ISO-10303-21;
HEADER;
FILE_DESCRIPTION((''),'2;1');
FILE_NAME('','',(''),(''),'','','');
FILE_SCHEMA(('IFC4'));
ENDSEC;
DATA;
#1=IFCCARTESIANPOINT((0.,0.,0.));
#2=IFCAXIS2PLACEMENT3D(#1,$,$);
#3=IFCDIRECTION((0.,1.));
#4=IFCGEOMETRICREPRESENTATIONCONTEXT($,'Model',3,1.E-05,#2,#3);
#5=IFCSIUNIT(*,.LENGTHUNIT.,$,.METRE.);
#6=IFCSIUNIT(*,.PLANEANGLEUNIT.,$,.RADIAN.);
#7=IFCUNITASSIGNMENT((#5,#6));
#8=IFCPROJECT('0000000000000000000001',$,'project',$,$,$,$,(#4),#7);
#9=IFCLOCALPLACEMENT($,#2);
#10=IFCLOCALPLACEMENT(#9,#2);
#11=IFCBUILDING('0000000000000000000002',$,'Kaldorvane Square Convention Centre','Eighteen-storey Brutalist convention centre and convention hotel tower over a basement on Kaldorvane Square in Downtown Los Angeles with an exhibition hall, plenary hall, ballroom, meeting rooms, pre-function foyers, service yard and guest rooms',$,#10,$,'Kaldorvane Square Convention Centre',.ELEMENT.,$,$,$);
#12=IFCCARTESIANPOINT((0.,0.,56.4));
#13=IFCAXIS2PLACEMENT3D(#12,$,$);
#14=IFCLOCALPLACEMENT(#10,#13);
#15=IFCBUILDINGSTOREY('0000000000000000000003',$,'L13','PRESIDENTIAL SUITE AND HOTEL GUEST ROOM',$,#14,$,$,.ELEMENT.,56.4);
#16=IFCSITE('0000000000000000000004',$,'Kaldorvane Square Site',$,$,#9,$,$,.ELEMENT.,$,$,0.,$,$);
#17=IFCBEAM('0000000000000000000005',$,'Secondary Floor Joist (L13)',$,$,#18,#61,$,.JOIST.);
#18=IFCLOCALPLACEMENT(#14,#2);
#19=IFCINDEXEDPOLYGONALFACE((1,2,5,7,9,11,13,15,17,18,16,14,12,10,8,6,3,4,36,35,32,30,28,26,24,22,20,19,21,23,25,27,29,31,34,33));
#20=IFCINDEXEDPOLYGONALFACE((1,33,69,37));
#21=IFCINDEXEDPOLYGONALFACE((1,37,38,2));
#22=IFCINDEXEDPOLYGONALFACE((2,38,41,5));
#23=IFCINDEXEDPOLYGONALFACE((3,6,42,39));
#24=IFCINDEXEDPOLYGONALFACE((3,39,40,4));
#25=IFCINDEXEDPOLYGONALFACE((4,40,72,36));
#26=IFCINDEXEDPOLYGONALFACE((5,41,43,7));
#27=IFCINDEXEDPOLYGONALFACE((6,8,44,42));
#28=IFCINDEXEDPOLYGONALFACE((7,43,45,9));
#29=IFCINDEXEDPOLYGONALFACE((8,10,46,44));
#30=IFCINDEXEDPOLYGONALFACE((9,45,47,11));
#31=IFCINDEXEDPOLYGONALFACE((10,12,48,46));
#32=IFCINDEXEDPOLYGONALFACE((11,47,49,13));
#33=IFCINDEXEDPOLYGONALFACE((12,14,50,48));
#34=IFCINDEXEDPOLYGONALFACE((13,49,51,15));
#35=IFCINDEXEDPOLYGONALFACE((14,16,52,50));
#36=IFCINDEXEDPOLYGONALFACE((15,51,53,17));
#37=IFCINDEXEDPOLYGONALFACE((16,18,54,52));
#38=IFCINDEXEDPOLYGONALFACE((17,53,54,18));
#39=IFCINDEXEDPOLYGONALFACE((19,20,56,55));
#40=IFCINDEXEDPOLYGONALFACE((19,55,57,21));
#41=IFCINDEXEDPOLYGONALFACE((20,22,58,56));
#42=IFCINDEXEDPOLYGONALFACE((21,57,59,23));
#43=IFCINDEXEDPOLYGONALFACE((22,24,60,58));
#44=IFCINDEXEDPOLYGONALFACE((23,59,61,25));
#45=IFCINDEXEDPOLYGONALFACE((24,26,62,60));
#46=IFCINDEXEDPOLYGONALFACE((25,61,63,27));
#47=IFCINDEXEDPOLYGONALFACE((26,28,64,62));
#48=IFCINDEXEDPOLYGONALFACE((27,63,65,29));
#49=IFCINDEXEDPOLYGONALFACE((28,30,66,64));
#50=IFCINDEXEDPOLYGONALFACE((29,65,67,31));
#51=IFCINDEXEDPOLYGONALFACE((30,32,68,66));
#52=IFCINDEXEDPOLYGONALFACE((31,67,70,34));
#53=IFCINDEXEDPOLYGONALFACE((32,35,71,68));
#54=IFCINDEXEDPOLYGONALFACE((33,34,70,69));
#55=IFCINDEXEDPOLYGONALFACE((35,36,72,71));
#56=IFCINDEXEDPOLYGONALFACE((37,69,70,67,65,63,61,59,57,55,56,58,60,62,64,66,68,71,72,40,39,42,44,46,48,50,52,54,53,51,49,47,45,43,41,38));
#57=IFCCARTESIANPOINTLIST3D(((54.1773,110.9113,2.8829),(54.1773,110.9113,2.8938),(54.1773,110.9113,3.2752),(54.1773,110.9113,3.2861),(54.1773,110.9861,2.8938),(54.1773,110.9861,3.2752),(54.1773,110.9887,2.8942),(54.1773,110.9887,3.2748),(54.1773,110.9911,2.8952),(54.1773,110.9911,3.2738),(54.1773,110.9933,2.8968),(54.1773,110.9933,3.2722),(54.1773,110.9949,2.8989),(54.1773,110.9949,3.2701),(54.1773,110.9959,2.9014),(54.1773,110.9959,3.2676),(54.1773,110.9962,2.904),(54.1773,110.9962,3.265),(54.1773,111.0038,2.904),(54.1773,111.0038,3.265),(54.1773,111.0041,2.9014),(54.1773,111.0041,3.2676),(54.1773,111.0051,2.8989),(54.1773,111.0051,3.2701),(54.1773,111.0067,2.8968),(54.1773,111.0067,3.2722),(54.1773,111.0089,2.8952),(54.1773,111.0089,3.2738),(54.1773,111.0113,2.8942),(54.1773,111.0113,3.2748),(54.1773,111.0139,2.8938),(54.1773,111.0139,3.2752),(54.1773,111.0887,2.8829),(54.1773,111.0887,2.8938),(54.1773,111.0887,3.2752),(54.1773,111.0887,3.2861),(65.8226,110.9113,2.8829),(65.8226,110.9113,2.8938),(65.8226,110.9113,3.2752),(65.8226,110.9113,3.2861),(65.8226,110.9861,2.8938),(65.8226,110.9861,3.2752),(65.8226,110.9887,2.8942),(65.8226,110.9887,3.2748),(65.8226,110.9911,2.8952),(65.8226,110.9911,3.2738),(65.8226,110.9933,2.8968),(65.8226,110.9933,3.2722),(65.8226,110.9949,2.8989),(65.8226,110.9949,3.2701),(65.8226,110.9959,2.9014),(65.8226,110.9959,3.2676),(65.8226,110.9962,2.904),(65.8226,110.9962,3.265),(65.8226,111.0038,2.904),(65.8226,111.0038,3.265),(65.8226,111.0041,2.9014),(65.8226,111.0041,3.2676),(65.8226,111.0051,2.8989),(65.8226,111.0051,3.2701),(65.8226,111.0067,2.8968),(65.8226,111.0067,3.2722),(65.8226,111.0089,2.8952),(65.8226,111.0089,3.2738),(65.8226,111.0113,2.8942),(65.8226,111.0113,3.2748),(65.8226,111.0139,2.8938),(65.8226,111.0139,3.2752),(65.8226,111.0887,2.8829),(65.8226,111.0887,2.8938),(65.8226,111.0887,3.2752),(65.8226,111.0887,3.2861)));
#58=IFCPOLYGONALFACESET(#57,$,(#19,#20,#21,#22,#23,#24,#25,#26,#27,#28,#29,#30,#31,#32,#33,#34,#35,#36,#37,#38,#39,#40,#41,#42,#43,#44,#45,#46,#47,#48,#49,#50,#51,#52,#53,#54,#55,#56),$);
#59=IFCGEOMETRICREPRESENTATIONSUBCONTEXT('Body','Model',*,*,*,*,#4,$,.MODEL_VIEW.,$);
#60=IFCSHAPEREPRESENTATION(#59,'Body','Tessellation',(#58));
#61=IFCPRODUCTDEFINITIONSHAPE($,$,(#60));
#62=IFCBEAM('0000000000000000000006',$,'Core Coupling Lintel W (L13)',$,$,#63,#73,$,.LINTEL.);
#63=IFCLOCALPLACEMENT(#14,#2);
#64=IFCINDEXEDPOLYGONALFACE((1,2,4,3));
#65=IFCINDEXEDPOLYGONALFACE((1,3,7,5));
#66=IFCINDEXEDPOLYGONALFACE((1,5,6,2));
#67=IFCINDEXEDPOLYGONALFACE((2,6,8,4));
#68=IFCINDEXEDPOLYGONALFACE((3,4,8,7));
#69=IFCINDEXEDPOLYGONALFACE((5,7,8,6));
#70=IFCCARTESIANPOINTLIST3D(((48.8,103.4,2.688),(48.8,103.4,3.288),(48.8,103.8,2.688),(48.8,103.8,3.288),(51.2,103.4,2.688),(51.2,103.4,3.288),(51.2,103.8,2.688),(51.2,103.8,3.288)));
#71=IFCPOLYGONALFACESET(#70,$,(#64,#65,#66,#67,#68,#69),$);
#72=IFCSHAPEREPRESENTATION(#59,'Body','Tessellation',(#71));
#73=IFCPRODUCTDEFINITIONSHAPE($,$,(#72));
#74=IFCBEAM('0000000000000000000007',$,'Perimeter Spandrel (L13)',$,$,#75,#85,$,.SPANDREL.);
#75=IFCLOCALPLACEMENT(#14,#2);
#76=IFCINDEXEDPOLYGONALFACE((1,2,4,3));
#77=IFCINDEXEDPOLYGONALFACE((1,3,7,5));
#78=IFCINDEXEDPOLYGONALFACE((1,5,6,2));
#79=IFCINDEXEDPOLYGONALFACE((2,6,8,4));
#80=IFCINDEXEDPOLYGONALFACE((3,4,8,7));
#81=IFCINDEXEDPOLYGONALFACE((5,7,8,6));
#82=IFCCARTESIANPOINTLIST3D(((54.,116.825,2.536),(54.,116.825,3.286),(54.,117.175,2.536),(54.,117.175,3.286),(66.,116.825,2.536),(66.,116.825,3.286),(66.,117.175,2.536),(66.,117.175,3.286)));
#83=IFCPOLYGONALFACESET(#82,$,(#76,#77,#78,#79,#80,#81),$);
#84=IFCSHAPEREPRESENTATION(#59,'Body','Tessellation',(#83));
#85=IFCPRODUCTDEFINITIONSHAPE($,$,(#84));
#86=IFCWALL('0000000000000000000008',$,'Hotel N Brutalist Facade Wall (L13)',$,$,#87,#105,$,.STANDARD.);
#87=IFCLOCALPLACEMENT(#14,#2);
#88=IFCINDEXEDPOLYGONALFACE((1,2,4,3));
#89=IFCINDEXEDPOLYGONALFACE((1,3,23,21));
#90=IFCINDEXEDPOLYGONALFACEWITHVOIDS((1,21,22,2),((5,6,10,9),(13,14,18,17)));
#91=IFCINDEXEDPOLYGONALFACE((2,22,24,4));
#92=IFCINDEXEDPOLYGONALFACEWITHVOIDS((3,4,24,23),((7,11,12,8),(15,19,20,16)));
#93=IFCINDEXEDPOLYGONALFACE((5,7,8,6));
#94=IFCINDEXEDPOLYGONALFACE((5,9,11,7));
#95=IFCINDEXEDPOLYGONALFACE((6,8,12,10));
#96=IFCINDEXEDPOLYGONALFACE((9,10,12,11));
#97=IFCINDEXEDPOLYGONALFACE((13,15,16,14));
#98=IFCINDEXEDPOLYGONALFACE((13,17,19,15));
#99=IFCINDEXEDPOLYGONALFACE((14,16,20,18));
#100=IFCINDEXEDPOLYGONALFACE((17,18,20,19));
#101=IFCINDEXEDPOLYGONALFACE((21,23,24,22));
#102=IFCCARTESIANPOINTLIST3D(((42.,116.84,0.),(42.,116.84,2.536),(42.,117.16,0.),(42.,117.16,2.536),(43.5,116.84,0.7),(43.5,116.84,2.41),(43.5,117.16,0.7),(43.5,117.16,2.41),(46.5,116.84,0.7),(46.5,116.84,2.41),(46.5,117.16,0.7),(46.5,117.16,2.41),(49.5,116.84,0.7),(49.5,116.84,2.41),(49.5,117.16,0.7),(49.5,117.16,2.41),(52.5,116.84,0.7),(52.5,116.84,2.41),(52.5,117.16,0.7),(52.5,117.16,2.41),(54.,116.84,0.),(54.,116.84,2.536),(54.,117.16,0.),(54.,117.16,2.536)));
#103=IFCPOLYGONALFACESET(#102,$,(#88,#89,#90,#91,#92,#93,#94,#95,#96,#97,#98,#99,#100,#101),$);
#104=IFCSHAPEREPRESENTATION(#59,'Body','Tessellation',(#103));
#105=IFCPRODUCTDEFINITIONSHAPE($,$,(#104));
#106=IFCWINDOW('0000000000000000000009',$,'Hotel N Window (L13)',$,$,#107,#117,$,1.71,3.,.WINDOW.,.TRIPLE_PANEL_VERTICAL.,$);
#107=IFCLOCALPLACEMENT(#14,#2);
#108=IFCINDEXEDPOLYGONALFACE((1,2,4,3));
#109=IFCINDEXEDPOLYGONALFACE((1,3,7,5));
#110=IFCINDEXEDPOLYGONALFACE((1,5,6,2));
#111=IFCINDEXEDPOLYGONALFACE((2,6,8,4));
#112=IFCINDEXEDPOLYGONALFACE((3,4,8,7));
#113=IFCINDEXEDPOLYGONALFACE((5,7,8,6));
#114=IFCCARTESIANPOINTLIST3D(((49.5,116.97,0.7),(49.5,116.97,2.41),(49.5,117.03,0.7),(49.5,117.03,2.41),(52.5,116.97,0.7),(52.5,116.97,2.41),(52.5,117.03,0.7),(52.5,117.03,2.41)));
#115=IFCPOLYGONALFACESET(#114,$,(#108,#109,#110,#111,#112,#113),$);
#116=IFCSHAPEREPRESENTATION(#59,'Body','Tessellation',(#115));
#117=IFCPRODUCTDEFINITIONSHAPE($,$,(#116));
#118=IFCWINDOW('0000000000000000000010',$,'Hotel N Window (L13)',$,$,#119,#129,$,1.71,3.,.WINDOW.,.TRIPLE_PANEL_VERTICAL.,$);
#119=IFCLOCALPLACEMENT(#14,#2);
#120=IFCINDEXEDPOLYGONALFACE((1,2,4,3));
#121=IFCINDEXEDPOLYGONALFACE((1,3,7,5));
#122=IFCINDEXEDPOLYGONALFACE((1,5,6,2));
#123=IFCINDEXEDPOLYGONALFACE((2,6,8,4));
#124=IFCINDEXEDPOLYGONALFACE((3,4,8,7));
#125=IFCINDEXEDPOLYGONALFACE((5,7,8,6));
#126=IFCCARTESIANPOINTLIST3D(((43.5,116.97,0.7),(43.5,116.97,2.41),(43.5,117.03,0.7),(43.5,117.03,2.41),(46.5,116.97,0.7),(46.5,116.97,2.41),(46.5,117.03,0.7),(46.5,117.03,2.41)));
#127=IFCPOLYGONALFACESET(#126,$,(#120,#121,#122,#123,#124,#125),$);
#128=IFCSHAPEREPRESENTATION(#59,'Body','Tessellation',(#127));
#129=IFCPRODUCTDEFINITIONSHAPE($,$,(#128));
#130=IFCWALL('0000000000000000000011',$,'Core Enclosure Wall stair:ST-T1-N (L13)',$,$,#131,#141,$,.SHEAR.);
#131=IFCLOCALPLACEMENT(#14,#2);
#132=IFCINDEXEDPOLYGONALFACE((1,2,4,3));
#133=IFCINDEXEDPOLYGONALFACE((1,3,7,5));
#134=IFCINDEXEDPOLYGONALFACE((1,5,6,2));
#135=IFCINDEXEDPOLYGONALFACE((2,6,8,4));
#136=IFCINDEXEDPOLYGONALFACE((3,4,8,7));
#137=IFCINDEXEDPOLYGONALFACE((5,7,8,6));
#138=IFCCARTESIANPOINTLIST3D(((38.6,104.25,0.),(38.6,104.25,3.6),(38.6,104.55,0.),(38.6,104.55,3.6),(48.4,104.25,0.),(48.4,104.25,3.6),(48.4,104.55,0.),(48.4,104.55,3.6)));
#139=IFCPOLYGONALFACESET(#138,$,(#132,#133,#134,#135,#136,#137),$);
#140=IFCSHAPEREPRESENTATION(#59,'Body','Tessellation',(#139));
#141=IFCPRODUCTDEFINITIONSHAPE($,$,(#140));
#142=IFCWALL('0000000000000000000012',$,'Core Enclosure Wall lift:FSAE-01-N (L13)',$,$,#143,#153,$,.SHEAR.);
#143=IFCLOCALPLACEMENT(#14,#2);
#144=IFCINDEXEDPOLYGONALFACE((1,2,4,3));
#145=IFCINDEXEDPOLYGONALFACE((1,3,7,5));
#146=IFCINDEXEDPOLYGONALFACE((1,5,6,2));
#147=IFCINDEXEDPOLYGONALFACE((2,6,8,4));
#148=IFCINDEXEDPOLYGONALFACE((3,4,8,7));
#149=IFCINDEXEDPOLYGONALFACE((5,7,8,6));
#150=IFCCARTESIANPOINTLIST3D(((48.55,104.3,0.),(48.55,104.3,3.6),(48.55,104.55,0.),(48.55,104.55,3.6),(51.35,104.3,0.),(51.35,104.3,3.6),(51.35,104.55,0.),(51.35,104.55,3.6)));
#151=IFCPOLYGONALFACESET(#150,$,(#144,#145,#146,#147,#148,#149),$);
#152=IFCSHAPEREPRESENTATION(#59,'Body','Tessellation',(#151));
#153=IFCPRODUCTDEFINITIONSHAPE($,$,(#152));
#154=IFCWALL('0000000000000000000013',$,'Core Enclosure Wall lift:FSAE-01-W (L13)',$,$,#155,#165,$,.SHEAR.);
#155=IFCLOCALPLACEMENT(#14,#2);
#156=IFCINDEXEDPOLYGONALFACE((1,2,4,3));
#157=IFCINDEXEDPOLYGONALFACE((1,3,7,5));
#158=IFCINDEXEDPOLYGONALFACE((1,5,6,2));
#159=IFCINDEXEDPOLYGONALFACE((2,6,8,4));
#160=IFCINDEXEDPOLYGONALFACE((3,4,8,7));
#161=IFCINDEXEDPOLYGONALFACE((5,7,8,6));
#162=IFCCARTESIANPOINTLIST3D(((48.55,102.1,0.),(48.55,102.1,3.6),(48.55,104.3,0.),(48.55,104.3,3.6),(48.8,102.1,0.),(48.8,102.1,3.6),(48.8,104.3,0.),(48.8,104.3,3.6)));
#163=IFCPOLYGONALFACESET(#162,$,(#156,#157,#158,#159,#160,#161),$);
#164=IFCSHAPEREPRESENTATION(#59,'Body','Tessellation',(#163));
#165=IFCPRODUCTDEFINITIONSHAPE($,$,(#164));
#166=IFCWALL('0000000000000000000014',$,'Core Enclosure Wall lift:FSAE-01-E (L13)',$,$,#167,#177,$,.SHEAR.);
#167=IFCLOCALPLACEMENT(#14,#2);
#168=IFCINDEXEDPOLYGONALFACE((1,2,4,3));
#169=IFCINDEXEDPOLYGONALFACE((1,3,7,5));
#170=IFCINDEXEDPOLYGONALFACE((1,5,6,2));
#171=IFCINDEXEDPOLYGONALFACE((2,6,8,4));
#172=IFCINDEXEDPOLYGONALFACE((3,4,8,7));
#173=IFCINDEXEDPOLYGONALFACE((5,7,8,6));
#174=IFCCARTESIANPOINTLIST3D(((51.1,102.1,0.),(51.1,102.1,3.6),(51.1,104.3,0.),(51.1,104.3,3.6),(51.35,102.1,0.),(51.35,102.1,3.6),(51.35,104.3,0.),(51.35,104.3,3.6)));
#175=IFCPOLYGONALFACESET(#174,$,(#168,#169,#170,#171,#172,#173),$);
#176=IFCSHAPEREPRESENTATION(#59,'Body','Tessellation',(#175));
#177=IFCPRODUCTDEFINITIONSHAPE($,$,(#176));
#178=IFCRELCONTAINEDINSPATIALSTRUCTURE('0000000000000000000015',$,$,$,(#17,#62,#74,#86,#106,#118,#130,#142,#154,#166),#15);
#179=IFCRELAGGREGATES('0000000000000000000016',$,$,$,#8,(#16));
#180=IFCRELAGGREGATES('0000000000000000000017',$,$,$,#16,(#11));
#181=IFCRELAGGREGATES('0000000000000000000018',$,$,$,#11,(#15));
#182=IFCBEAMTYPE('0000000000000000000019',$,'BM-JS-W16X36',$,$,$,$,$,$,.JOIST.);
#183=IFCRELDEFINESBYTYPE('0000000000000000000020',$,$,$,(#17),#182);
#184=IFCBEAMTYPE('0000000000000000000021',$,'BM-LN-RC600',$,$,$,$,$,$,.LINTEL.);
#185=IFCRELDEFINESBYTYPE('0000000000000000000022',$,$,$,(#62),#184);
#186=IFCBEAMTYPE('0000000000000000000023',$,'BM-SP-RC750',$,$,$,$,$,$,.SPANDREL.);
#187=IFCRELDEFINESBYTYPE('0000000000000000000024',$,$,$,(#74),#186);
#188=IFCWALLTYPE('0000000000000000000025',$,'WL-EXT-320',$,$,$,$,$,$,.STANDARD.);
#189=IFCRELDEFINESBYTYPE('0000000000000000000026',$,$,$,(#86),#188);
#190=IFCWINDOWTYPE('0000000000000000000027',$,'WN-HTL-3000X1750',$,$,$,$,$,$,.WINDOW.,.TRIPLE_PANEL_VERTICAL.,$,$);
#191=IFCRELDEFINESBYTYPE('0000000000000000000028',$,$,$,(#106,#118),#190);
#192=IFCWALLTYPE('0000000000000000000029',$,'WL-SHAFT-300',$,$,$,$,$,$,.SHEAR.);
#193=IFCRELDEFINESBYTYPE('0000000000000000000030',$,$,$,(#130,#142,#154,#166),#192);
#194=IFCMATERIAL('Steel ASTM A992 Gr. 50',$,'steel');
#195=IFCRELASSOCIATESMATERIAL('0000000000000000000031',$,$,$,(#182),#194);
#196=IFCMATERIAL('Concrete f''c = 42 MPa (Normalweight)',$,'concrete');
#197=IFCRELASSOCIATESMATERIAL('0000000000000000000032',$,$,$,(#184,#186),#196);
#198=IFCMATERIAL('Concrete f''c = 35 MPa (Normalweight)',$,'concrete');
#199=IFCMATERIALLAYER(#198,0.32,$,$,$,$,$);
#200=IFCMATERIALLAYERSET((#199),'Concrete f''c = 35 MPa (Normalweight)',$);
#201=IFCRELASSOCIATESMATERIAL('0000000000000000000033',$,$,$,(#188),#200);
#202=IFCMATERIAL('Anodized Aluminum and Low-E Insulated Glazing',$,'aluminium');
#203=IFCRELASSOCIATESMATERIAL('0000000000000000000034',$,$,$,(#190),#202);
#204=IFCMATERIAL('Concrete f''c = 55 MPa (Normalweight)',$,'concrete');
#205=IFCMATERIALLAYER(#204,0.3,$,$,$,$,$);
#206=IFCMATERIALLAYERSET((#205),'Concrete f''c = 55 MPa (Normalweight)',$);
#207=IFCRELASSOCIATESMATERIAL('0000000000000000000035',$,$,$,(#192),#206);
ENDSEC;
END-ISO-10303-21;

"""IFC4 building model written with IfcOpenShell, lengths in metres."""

from ifc_helpers import new_model, si_unit, direction, frame, frame_2d, origin, origin_2d, place, context, subcontext, project, spatial, rectangle, i_section, extrude, material, layer, layer_set, material_profile, profile_set, type_object, element, fill, save


model = new_model("IFC4")

# Units and contexts
model_context = context("Model", 3, precision=1e-05, world=origin(), true_north=direction((0.0, 1.0)))
body_context = subcontext(model_context, "Body", "Model", "MODEL_VIEW")
ifc_project = project(units=[si_unit("LENGTHUNIT", "METRE"), si_unit("PLANEANGLEUNIT", "RADIAN")], contexts=[model_context])

# Site, building, storey
site_placement = place(None, origin())
site = spatial("IfcSite", under=ifc_project, at=site_placement, Name="Kaldorvane Square Site", CompositionType="ELEMENT", RefElevation=0.0)
building_placement = place(site_placement, origin())
building = spatial("IfcBuilding", under=site, at=building_placement, Name="Kaldorvane Square Convention Centre", Description="Eighteen-storey Brutalist convention centre and convention hotel tower over a basement on Kaldorvane Square in Downtown Los Angeles with an exhibition hall, plenary hall, ballroom, meeting rooms, pre-function foyers, service yard and guest rooms", LongName="Kaldorvane Square Convention Centre", CompositionType="ELEMENT")
storey_placement = place(building_placement, frame((0.0, 0.0, 56.4)))
storey = spatial("IfcBuildingStorey", under=building, at=storey_placement, Name="L13", Description="PRESIDENTIAL SUITE AND HOTEL GUEST ROOM", CompositionType="ELEMENT", Elevation=56.4)

# Shared definitions
ifc_material_1 = material(Name="Concrete f'c = 42 MPa (Normalweight)", Category="concrete")
ifc_material_2 = material(Name="Steel ASTM A992 Gr. 50", Category="steel")

# Beams
ifc_material_profile_1 = material_profile(ifc_material_2, i_section(OverallWidth=0.1774, OverallDepth=0.4031, WebThickness=0.0075, FlangeThickness=0.0109, FilletRadius=0.0102, at=origin_2d()), Name="W16X36")
ifc_profile_set_1 = profile_set([ifc_material_profile_1], Name="Steel ASTM A992 Gr. 50")
beam_type_1 = type_object("IfcBeamType", Name="BM-JS-W16X36", PredefinedType="JOIST", material=ifc_profile_set_1)
beam_1_placement = place(storey_placement, frame((54.1773, 111.0, 3.0845), z_axis=(1.0, 0.0, 0.0), x_axis=(0.0, 1.0, 0.0)))
element("IfcBeam", 1, at=beam_1_placement, inside=storey, type_object=beam_type_1, Name="Secondary Floor Joist (L13)", PredefinedType="JOIST", context=body_context, shape_type="SweptSolid", body=[
    extrude(i_section(OverallWidth=0.1774, OverallDepth=0.4031, WebThickness=0.0075, FlangeThickness=0.0109, FilletRadius=0.0102, at=origin_2d()), origin(), (0.0, 0.0, 1.0), 11.6453),
])
ifc_material_profile_2 = material_profile(ifc_material_1, rectangle(XDim=0.4, YDim=0.6, at=origin_2d()), Name="RCLN600X400")
ifc_profile_set_2 = profile_set([ifc_material_profile_2], Name="Concrete f'c = 42 MPa (Normalweight)")
beam_type_2 = type_object("IfcBeamType", Name="BM-LN-RC600", PredefinedType="LINTEL", material=ifc_profile_set_2)
beam_2_placement = place(storey_placement, frame((48.8, 103.6, 2.988), z_axis=(1.0, 0.0, 0.0), x_axis=(0.0, 1.0, 0.0)))
element("IfcBeam", 2, at=beam_2_placement, inside=storey, type_object=beam_type_2, Name="Core Coupling Lintel W (L13)", PredefinedType="LINTEL", context=body_context, shape_type="SweptSolid", body=[
    extrude(rectangle(XDim=0.4, YDim=0.6, at=origin_2d()), origin(), (0.0, 0.0, 1.0), 2.4),
])
ifc_material_profile_3 = material_profile(ifc_material_1, rectangle(XDim=0.35, YDim=0.75, at=origin_2d()), Name="RCSP750X350")
ifc_profile_set_3 = profile_set([ifc_material_profile_3], Name="Concrete f'c = 42 MPa (Normalweight)")
beam_type_3 = type_object("IfcBeamType", Name="BM-SP-RC750", PredefinedType="SPANDREL", material=ifc_profile_set_3)
beam_3_placement = place(storey_placement, frame((54.0, 117.0, 2.911), z_axis=(1.0, 0.0, 0.0), x_axis=(0.0, 1.0, 0.0)))
element("IfcBeam", 3, at=beam_3_placement, inside=storey, type_object=beam_type_3, Name="Perimeter Spandrel (L13)", PredefinedType="SPANDREL", context=body_context, shape_type="SweptSolid", body=[
    extrude(rectangle(XDim=0.35, YDim=0.75, at=origin_2d()), origin(), (0.0, 0.0, 1.0), 12.0),
])

# Wall, openings, windows
ifc_material_3 = material(Name="Concrete f'c = 35 MPa (Normalweight)", Category="concrete")
ifc_layer_1 = layer(ifc_material_3, 0.32)
ifc_layer_set_1 = layer_set([ifc_layer_1], Name="Concrete f'c = 35 MPa (Normalweight)")
wall_type_1 = type_object("IfcWallType", Name="WL-EXT-320", PredefinedType="STANDARD", material=ifc_layer_set_1)
wall_1_placement = place(storey_placement, frame((54.0, 117.0, 0.0), z_axis=(0.0, 0.0, 1.0), x_axis=(-1.0, 0.0, 0.0)))
wall_1 = element("IfcWall", 4, at=wall_1_placement, inside=storey, type_object=wall_type_1, Name="Hotel N Brutalist Facade Wall (L13)", PredefinedType="STANDARD", context=body_context, shape_type="SweptSolid", body=[
    extrude(rectangle(XDim=12.0, YDim=0.32, at=frame_2d((6.0, 0.0))), origin(), (0.0, 0.0, 1.0), 2.536),
])
opening_1_placement = place(wall_1_placement, frame((1.5, 0.0, 0.7)))
opening_1 = element("IfcOpeningElement", 5, at=opening_1_placement, cuts=wall_1, PredefinedType="OPENING", context=body_context, shape_type="SweptSolid", body=[
    extrude(rectangle(XDim=3.0, YDim=1.71, at=frame_2d((1.5, 0.855))), frame((0.0, 0.175, 0.0), z_axis=(0.0, -1.0, 0.0), x_axis=(1.0, 0.0, 0.0)), (0.0, 0.0, 1.0), 0.35),
])
opening_2_placement = place(wall_1_placement, frame((7.5, 0.0, 0.7)))
opening_2 = element("IfcOpeningElement", 6, at=opening_2_placement, cuts=wall_1, PredefinedType="OPENING", context=body_context, shape_type="SweptSolid", body=[
    extrude(rectangle(XDim=3.0, YDim=1.71, at=frame_2d((1.5, 0.855))), frame((0.0, 0.175, 0.0), z_axis=(0.0, -1.0, 0.0), x_axis=(1.0, 0.0, 0.0)), (0.0, 0.0, 1.0), 0.35),
])
ifc_material_4 = material(Name="Anodized Aluminum and Low-E Insulated Glazing", Category="aluminium")
window_type = type_object("IfcWindowType", Name="WN-HTL-3000X1750", PartitioningType="TRIPLE_PANEL_VERTICAL", PredefinedType="WINDOW", material=ifc_material_4)
window_1_placement = place(opening_1_placement, origin())
window_1 = element("IfcWindow", 7, at=window_1_placement, inside=storey, type_object=window_type, Name="Hotel N Window (L13)", OverallHeight=1.71, OverallWidth=3.0, PartitioningType="TRIPLE_PANEL_VERTICAL", PredefinedType="WINDOW", context=body_context, shape_type="SweptSolid", body=[
    extrude(rectangle(XDim=3.0, YDim=1.71, at=frame_2d((1.5, 0.855))), frame((0.0, 0.03, 0.0), z_axis=(0.0, -1.0, 0.0), x_axis=(1.0, 0.0, 0.0)), (0.0, 0.0, 1.0), 0.06),
])
fill(opening_1, window_1)
window_2_placement = place(opening_2_placement, origin())
window_2 = element("IfcWindow", 8, at=window_2_placement, inside=storey, type_object=window_type, Name="Hotel N Window (L13)", OverallHeight=1.71, OverallWidth=3.0, PartitioningType="TRIPLE_PANEL_VERTICAL", PredefinedType="WINDOW", context=body_context, shape_type="SweptSolid", body=[
    extrude(rectangle(XDim=3.0, YDim=1.71, at=frame_2d((1.5, 0.855))), frame((0.0, 0.03, 0.0), z_axis=(0.0, -1.0, 0.0), x_axis=(1.0, 0.0, 0.0)), (0.0, 0.0, 1.0), 0.06),
])
fill(opening_2, window_2)

# Walls
ifc_material_5 = material(Name="Concrete f'c = 55 MPa (Normalweight)", Category="concrete")
ifc_layer_2 = layer(ifc_material_5, 0.3)
ifc_layer_set_2 = layer_set([ifc_layer_2], Name="Concrete f'c = 55 MPa (Normalweight)")
wall_type_2 = type_object("IfcWallType", Name="WL-SHAFT-300", PredefinedType="SHEAR", material=ifc_layer_set_2)
wall_2_placement = place(storey_placement, frame((48.4, 104.4, 0.0), z_axis=(0.0, 0.0, 1.0), x_axis=(-1.0, 0.0, 0.0)))
element("IfcWall", 9, at=wall_2_placement, inside=storey, type_object=wall_type_2, Name="Core Enclosure Wall stair:ST-T1-N (L13)", PredefinedType="SHEAR", context=body_context, shape_type="SweptSolid", body=[
    extrude(rectangle(XDim=9.8, YDim=0.3, at=frame_2d((4.9, 0.0))), origin(), (0.0, 0.0, 1.0), 3.6),
])
wall_3_placement = place(storey_placement, frame((51.35, 104.425, 0.0), z_axis=(0.0, 0.0, 1.0), x_axis=(-1.0, 0.0, 0.0)))
element("IfcWall", 10, at=wall_3_placement, inside=storey, type_object=wall_type_2, Name="Core Enclosure Wall lift:FSAE-01-N (L13)", PredefinedType="SHEAR", context=body_context, shape_type="SweptSolid", body=[
    extrude(rectangle(XDim=2.8, YDim=0.25, at=frame_2d((1.4, 0.0))), origin(), (0.0, 0.0, 1.0), 3.6),
])
for number, where, z_axis, x_axis, name in (
    (11, (48.675, 104.3, 0.0), (0.0, 0.0, 1.0), (0.0, -1.0, 0.0), "Core Enclosure Wall lift:FSAE-01-W (L13)"),
    (12, (51.225, 102.1, 0.0), (0.0, 0.0, 1.0), (0.0, 1.0, 0.0), "Core Enclosure Wall lift:FSAE-01-E (L13)"),
):
    element("IfcWall", number, at=place(storey_placement, frame(where, z_axis=z_axis, x_axis=x_axis)), inside=storey, type_object=wall_type_2, Name=name, PredefinedType="SHEAR", context=body_context, shape_type="SweptSolid", body=[
        extrude(rectangle(XDim=2.2, YDim=0.25, at=frame_2d((1.1, 0.0))), origin(), (0.0, 0.0, 1.0), 3.6),
    ])

save(model, "model.ifc")
